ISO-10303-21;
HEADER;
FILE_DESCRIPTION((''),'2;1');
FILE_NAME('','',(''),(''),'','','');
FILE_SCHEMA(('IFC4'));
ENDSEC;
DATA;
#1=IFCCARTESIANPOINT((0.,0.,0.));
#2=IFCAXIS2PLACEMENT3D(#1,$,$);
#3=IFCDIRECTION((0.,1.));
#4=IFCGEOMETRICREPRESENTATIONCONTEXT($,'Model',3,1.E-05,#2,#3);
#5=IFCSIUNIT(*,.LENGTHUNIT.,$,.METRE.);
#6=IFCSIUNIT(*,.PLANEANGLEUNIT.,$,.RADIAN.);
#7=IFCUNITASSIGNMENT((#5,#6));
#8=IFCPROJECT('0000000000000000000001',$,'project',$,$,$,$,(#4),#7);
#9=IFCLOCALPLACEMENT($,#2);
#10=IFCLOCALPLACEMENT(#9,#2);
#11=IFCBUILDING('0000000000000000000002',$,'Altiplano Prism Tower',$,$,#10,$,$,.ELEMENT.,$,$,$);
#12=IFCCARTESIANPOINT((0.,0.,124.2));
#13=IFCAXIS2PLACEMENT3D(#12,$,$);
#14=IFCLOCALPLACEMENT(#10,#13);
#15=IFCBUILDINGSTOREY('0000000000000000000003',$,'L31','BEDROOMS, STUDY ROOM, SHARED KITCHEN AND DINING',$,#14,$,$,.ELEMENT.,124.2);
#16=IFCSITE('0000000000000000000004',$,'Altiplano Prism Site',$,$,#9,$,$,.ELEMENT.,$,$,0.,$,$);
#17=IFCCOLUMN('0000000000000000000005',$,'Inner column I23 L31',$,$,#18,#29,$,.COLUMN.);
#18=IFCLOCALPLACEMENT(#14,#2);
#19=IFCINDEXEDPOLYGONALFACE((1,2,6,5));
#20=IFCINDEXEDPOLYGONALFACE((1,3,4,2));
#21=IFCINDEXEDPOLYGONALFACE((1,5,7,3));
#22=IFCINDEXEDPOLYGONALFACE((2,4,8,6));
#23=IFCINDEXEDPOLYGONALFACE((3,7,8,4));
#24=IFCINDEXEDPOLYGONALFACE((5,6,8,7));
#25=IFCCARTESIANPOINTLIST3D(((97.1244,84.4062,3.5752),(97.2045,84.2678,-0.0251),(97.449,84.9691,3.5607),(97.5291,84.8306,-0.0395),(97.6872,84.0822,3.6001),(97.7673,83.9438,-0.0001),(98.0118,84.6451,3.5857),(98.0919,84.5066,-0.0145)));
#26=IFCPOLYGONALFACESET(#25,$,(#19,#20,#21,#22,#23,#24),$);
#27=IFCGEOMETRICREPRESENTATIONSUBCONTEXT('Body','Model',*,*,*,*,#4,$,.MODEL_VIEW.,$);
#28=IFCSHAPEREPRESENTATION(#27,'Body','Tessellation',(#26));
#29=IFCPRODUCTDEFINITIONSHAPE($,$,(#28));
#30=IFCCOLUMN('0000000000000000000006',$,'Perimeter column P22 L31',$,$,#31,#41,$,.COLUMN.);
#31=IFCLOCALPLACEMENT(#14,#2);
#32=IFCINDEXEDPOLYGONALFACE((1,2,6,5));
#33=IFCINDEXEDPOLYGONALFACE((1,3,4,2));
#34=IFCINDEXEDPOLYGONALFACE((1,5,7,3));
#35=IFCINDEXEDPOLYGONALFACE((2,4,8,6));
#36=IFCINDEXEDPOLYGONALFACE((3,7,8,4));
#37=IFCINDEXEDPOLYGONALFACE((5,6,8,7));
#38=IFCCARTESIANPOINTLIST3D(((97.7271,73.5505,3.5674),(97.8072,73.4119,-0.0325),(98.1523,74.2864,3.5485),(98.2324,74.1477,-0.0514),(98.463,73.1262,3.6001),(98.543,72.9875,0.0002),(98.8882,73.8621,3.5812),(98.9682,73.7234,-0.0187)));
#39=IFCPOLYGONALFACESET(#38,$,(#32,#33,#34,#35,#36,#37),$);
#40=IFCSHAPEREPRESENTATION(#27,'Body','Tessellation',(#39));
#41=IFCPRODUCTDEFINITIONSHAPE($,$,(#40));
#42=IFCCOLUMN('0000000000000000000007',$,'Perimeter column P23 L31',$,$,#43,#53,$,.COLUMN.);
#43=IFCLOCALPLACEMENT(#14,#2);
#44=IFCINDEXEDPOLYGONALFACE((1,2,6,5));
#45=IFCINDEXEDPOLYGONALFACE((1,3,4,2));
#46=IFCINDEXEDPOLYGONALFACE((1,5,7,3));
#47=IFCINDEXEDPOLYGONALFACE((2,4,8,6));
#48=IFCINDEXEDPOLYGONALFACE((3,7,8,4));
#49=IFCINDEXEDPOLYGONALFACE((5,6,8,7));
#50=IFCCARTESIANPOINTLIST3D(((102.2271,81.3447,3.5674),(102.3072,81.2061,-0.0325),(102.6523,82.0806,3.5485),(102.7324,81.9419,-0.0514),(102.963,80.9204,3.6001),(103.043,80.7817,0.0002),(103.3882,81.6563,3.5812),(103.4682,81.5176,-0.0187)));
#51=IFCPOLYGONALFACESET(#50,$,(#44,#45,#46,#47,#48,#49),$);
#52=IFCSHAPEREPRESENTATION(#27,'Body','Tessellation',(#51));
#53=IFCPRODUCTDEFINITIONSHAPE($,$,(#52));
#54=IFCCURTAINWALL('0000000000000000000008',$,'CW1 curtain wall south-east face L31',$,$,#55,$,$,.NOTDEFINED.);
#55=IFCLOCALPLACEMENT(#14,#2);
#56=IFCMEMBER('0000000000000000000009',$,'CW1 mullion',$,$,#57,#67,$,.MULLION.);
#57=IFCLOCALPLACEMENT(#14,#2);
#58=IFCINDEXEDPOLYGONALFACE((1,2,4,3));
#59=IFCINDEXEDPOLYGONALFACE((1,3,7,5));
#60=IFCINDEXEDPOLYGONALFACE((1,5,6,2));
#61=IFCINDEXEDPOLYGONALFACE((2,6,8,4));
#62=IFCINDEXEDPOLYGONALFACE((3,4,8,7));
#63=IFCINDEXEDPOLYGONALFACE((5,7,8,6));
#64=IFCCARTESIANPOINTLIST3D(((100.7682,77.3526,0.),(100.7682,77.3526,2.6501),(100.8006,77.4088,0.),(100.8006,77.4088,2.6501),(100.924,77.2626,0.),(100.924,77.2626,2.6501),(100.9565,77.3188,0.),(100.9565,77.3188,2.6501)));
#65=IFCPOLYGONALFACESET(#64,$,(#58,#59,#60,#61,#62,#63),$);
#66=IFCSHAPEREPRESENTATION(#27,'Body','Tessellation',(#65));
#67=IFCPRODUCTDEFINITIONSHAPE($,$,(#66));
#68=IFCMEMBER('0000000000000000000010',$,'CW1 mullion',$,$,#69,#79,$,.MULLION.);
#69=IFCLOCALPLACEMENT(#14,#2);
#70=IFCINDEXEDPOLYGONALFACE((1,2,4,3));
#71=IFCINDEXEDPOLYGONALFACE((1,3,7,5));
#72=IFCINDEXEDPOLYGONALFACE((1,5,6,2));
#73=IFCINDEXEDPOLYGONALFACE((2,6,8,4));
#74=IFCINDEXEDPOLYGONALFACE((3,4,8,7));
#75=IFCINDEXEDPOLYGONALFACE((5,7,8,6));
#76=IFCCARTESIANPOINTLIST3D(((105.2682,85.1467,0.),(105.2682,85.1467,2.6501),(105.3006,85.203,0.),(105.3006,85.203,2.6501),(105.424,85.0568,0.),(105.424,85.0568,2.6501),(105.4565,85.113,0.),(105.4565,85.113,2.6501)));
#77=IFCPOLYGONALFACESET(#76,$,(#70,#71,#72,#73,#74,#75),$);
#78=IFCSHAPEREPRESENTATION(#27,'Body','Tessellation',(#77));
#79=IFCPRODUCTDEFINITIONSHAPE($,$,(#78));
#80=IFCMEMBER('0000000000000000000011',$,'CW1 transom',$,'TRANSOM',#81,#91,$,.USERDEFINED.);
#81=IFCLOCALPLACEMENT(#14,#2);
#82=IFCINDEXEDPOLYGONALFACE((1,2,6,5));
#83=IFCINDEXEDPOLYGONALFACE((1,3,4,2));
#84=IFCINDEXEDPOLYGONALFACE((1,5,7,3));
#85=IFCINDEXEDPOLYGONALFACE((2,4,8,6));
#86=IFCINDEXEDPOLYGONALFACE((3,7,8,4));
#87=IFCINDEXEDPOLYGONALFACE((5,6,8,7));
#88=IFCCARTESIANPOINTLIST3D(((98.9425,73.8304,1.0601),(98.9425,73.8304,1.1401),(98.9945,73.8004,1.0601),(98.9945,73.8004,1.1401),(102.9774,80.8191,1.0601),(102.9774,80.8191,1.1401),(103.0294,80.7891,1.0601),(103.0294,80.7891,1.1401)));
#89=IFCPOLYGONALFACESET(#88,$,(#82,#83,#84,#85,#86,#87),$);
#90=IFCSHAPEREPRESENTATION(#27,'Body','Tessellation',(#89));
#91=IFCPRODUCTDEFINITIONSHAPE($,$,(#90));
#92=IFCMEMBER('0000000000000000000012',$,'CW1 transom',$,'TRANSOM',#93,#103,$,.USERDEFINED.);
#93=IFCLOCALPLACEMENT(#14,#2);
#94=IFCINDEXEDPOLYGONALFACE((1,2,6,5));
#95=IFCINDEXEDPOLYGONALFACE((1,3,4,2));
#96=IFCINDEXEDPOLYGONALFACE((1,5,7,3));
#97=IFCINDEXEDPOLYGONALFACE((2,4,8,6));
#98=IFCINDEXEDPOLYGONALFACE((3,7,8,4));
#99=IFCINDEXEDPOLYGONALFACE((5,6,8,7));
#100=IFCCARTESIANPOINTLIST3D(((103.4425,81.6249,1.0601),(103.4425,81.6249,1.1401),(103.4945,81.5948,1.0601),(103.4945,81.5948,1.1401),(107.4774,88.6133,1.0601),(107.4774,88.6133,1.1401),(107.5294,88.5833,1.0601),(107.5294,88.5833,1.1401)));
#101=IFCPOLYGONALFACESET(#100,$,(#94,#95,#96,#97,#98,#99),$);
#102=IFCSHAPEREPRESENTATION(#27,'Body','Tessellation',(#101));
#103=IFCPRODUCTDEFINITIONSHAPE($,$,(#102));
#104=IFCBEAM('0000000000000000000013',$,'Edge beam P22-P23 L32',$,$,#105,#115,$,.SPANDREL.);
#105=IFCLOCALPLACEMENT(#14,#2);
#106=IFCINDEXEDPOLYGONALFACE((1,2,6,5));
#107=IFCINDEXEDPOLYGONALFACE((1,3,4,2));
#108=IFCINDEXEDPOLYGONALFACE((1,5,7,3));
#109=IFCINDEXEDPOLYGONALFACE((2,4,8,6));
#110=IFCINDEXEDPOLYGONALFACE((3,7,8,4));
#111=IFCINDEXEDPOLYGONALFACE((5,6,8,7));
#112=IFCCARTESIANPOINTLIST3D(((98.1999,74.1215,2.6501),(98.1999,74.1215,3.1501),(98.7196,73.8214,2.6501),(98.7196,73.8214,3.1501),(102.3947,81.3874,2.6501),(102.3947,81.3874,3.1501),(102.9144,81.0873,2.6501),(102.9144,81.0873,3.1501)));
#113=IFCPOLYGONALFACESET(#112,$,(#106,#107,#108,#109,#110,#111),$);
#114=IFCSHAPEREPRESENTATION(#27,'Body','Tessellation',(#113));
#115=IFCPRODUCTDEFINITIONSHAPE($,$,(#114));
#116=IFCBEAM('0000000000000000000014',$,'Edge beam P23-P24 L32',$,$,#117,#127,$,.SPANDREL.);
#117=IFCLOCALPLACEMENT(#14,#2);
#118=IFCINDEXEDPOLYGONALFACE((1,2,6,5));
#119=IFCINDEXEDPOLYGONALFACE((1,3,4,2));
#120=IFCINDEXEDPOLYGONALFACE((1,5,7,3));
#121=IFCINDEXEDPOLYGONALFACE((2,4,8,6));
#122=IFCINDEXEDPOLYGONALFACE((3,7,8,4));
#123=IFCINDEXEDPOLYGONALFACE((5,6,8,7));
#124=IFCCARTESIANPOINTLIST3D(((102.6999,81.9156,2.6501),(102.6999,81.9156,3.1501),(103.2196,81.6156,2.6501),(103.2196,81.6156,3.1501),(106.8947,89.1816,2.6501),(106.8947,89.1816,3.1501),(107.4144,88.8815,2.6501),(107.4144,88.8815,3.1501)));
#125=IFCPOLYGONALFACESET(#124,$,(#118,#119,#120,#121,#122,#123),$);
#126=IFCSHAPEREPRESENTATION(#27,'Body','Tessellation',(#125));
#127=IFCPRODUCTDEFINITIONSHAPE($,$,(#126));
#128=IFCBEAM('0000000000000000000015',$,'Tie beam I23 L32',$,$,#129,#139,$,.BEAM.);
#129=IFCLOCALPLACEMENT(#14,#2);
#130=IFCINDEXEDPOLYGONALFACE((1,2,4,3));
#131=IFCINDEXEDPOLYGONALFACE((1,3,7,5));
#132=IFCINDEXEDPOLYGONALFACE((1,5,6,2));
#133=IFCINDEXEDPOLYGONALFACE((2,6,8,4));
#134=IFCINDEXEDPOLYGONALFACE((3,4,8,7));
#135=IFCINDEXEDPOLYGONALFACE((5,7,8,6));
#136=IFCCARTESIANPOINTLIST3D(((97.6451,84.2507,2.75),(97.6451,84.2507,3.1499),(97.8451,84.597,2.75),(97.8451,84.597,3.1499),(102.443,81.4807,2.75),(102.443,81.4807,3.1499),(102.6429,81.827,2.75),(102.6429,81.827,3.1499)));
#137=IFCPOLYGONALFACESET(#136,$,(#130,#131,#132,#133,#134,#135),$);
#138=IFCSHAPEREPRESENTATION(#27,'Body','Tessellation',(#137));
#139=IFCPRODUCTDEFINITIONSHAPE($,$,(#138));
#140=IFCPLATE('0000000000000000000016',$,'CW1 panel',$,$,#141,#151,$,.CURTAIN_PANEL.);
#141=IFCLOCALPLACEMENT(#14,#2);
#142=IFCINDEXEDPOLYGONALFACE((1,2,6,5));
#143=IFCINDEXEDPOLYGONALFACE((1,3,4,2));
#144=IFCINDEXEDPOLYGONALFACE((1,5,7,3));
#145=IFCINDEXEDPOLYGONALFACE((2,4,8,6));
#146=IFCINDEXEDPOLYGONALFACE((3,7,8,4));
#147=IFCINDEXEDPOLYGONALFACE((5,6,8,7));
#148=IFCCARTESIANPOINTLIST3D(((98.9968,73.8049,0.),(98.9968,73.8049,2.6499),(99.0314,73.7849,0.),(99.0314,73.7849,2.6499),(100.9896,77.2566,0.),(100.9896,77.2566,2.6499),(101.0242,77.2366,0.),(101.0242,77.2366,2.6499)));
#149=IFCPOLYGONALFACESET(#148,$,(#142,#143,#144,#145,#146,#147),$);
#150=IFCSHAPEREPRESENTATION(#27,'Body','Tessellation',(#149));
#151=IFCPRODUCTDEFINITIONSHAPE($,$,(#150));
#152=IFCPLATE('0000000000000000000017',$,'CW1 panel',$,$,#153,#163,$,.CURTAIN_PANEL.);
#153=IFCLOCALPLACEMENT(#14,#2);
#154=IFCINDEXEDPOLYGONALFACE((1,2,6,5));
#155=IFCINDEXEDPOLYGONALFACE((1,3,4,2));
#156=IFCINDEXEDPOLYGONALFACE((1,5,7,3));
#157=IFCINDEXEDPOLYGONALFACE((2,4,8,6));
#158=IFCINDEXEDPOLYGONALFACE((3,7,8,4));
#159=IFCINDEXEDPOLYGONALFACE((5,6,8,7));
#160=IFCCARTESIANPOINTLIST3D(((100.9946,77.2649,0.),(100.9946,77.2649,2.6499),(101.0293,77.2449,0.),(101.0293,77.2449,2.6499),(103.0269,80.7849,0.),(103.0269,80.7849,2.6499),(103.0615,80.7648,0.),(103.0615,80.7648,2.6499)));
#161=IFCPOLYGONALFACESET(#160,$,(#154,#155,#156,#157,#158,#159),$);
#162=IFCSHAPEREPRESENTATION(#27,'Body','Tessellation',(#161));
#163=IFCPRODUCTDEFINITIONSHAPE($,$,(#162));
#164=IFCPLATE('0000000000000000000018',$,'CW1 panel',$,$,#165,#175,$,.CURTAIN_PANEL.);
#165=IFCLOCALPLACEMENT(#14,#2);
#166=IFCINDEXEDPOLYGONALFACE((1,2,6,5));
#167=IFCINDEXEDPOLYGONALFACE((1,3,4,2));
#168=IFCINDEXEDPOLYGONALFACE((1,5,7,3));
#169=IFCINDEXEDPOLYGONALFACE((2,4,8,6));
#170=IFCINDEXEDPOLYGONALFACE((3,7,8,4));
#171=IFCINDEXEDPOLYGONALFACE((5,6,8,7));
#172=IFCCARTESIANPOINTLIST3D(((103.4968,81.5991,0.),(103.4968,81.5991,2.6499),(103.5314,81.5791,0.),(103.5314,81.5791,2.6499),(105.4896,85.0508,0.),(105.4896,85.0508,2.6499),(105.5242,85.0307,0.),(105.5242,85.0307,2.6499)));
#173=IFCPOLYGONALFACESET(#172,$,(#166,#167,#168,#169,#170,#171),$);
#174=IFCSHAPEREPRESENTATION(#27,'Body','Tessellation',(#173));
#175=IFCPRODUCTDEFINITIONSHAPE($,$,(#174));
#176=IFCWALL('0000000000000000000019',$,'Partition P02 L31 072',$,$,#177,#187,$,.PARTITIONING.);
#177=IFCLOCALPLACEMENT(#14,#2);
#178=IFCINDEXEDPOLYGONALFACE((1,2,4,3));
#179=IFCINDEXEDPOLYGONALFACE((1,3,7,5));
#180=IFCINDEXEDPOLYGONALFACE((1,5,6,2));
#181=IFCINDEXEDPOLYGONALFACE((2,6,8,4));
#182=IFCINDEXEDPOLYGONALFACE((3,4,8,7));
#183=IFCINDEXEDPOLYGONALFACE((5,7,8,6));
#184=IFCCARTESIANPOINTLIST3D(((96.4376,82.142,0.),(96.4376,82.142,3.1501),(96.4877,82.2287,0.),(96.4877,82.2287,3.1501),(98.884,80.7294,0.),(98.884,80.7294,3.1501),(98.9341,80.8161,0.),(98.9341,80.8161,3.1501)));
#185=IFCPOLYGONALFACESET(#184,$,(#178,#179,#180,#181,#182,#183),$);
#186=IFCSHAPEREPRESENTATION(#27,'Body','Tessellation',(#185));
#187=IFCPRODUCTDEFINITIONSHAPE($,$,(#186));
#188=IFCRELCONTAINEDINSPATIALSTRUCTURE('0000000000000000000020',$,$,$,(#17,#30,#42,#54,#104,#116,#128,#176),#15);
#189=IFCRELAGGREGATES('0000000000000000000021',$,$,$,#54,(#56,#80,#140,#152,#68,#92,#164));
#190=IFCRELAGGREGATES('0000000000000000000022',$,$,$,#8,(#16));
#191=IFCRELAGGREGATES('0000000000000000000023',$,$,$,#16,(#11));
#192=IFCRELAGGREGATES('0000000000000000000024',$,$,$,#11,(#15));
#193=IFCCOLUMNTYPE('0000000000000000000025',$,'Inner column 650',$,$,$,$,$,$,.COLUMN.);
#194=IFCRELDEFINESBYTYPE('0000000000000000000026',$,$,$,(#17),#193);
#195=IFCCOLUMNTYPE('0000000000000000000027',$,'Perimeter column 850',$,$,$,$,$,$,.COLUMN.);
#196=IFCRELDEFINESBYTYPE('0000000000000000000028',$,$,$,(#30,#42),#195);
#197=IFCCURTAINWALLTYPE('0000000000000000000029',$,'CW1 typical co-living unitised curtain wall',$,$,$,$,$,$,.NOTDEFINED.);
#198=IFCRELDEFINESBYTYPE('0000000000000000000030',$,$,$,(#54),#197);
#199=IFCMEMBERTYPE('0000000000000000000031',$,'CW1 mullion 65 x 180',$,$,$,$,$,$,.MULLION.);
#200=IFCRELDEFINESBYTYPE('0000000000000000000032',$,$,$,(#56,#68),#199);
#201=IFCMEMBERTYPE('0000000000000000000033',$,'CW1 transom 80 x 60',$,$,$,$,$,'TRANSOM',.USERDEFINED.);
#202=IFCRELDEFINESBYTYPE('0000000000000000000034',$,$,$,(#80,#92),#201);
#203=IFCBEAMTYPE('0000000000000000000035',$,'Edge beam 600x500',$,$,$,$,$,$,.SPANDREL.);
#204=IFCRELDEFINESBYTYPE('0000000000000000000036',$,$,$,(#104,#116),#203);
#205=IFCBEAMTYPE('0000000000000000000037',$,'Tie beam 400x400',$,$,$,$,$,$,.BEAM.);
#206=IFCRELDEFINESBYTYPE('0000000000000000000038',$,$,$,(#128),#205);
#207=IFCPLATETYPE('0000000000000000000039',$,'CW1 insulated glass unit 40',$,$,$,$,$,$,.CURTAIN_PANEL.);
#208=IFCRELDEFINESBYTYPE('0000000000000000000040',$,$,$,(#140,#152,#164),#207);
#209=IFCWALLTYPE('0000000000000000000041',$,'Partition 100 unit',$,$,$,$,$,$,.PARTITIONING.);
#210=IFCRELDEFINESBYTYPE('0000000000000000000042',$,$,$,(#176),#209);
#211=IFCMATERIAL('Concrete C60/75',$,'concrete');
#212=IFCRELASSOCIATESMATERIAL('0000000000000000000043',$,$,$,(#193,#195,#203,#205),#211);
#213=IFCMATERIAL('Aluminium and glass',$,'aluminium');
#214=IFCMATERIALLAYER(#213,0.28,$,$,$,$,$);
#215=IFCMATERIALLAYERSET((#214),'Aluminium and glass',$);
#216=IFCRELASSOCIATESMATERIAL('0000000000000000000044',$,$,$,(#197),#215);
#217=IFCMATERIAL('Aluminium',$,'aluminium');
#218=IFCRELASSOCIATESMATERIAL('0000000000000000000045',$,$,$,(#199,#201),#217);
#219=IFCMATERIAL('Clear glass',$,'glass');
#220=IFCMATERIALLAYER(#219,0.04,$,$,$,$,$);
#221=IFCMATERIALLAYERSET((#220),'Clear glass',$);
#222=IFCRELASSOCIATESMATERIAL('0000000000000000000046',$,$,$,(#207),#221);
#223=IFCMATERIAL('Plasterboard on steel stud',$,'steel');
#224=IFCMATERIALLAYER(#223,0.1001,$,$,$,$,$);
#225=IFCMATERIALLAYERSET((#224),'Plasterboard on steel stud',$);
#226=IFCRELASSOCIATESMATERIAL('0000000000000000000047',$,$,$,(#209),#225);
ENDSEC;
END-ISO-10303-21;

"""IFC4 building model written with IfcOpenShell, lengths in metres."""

from ifc_helpers import new_model, si_unit, direction, frame, frame_2d, origin, origin_2d, place, context, subcontext, project, spatial, rectangle, extrude, material, layer, layer_set, material_profile, profile_set, type_object, element, aggregate, save


model = new_model("IFC4")

# Units and contexts
model_context = context("Model", 3, precision=1e-05, world=origin(), true_north=direction((0.0, 1.0)))
body_context = subcontext(model_context, "Body", "Model", "MODEL_VIEW")
ifc_project = project(units=[si_unit("LENGTHUNIT", "METRE"), si_unit("PLANEANGLEUNIT", "RADIAN")], contexts=[model_context])

# Site, building, storey
site_placement = place(None, origin())
site = spatial("IfcSite", under=ifc_project, at=site_placement, Name="Altiplano Prism Site", CompositionType="ELEMENT", RefElevation=0.0)
building_placement = place(site_placement, origin())
building = spatial("IfcBuilding", under=site, at=building_placement, Name="Altiplano Prism Tower", CompositionType="ELEMENT")
storey_placement = place(building_placement, frame((0.0, 0.0, 124.2)))
storey = spatial("IfcBuildingStorey", under=building, at=storey_placement, Name="L31", Description="BEDROOMS, STUDY ROOM, SHARED KITCHEN AND DINING", CompositionType="ELEMENT", Elevation=124.2)

# Columns
ifc_material_1 = material(Name="Concrete C60/75", Category="concrete")
ifc_material_profile_1 = material_profile(ifc_material_1, rectangle(XDim=0.6499, YDim=0.6499, at=origin_2d()), Name="Inner column 650")
ifc_profile_set_1 = profile_set([ifc_material_profile_1], Name="Concrete C60/75")
column_type_1 = type_object("IfcColumnType", Name="Inner column 650", PredefinedType="COLUMN", material=ifc_profile_set_1)
column_placement = place(storey_placement, frame((97.6482, 84.3872, -0.0198), z_axis=(-0.022221, 0.038413, 0.999015), x_axis=(-0.49951, -0.866024, 0.022189)))
element("IfcColumn", 1, at=column_placement, inside=storey, type_object=column_type_1, Name="Inner column I23 L31", PredefinedType="COLUMN", context=body_context, shape_type="SweptSolid", body=[
    extrude(rectangle(XDim=0.6499, YDim=0.6499, at=origin_2d()), origin(), (0.0, 0.0, 1.0), 3.6038),
])
ifc_material_profile_2 = material_profile(ifc_material_1, rectangle(XDim=0.8501, YDim=0.8501, at=origin_2d()), Name="Perimeter column 850")
ifc_profile_set_2 = profile_set([ifc_material_profile_2], Name="Concrete C60/75")
column_type_2 = type_object("IfcColumnType", Name="Perimeter column 850", PredefinedType="COLUMN", material=ifc_profile_set_2)
for number, where, z_axis, x_axis, name in (
    (2, (98.3877, 73.5676, -0.0256), (-0.022223, 0.038483, 0.999012), (-0.50017, -0.865642, 0.02222), "Perimeter column P22 L31"),
    (3, (102.8877, 81.3618, -0.0256), (-0.022223, 0.038483, 0.999012), (-0.500172, -0.865641, 0.02222), "Perimeter column P23 L31"),
):
    element("IfcColumn", number, at=place(storey_placement, frame(where, z_axis=z_axis, x_axis=x_axis)), inside=storey, type_object=column_type_2, Name=name, PredefinedType="COLUMN", context=body_context, shape_type="SweptSolid", body=[
        extrude(rectangle(XDim=0.8501, YDim=0.8501, at=origin_2d()), origin(), (0.0, 0.0, 1.0), 3.6035),
    ])

# Curtain wall, members
ifc_material_2 = material(Name="Aluminium and glass", Category="aluminium")
ifc_layer_1 = layer(ifc_material_2, 0.28)
ifc_layer_set_1 = layer_set([ifc_layer_1], Name="Aluminium and glass")
curtain_wall_type = type_object("IfcCurtainWallType", Name="CW1 typical co-living unitised curtain wall", PredefinedType="NOTDEFINED", material=ifc_layer_set_1)
curtain_wall_placement = place(storey_placement, origin())
curtain_wall = element("IfcCurtainWall", 4, at=curtain_wall_placement, inside=storey, type_object=curtain_wall_type, Name="CW1 curtain wall south-east face L31", PredefinedType="NOTDEFINED")
ifc_material_3 = material(Name="Aluminium", Category="aluminium")
ifc_material_profile_3 = material_profile(ifc_material_3, rectangle(XDim=0.1799, YDim=0.0649, at=origin_2d()), Name="CW1 mullion 65 x 180")
ifc_profile_set_3 = profile_set([ifc_material_profile_3], Name="Aluminium")
member_type_1 = type_object("IfcMemberType", Name="CW1 mullion 65 x 180", PredefinedType="MULLION", material=ifc_profile_set_3)
member_1_placement = place(storey_placement, frame((100.8623, 77.3357, 0.0), z_axis=(0.0, 0.0, 1.0), x_axis=(-0.866025, 0.5, 0.0)))
member_1 = element("IfcMember", 5, at=member_1_placement, type_object=member_type_1, Name="CW1 mullion", PredefinedType="MULLION", context=body_context, shape_type="SweptSolid", body=[
    extrude(rectangle(XDim=0.1799, YDim=0.0649, at=origin_2d()), origin(), (0.0, 0.0, 1.0), 2.6501),
])
member_2_placement = place(storey_placement, frame((105.3623, 85.1299, 0.0), z_axis=(0.0, 0.0, 1.0), x_axis=(-0.866025, 0.5, 0.0)))
member_2 = element("IfcMember", 6, at=member_2_placement, type_object=member_type_1, Name="CW1 mullion", PredefinedType="MULLION", context=body_context, shape_type="SweptSolid", body=[
    extrude(rectangle(XDim=0.1799, YDim=0.0649, at=origin_2d()), origin(), (0.0, 0.0, 1.0), 2.6501),
])
ifc_material_profile_4 = material_profile(ifc_material_3, rectangle(XDim=0.0601, YDim=0.0801, at=origin_2d()), Name="CW1 transom 80 x 60")
ifc_profile_set_4 = profile_set([ifc_material_profile_4], Name="Aluminium")
member_type_2 = type_object("IfcMemberType", Name="CW1 transom 80 x 60", ElementType="TRANSOM", PredefinedType="USERDEFINED", material=ifc_profile_set_4)
member_3_placement = place(storey_placement, frame((98.9685, 73.8154, 1.1001), z_axis=(0.499995, 0.866028, 0.0), x_axis=(-0.866028, 0.499995, 0.0)))
member_3 = element("IfcMember", 7, at=member_3_placement, type_object=member_type_2, Name="CW1 transom", ObjectType="TRANSOM", PredefinedType="USERDEFINED", context=body_context, shape_type="SweptSolid", body=[
    extrude(rectangle(XDim=0.0601, YDim=0.0801, at=origin_2d()), origin(), (0.0, 0.0, 1.0), 8.0698),
])
member_4_placement = place(storey_placement, frame((103.4685, 81.6099, 1.1001), z_axis=(0.500008, 0.866021, 0.0), x_axis=(-0.866021, 0.500008, 0.0)))
member_4 = element("IfcMember", 8, at=member_4_placement, type_object=member_type_2, Name="CW1 transom", ObjectType="TRANSOM", PredefinedType="USERDEFINED", context=body_context, shape_type="SweptSolid", body=[
    extrude(rectangle(XDim=0.0601, YDim=0.0801, at=origin_2d()), origin(), (0.0, 0.0, 1.0), 8.0696),
])

# Beams
ifc_material_profile_5 = material_profile(ifc_material_1, rectangle(XDim=0.6001, YDim=0.5, at=origin_2d()), Name="Edge beam 600x500")
ifc_profile_set_5 = profile_set([ifc_material_profile_5], Name="Concrete C60/75")
beam_type_1 = type_object("IfcBeamType", Name="Edge beam 600x500", PredefinedType="SPANDREL", material=ifc_profile_set_5)
for number, where, z_axis, x_axis, name in (
    (9, (98.4597, 73.9714, 2.9001), (0.499989, 0.866032, 0.0), (-0.866032, 0.499989, 0.0), "Edge beam P22-P23 L32"),
    (10, (102.9597, 81.7656, 2.9001), (0.499989, 0.866032, 0.0), (-0.866032, 0.499989, 0.0), "Edge beam P23-P24 L32"),
):
    element("IfcBeam", number, at=place(storey_placement, frame(where, z_axis=z_axis, x_axis=x_axis)), inside=storey, type_object=beam_type_1, Name=name, PredefinedType="SPANDREL", context=body_context, shape_type="SweptSolid", body=[
        extrude(rectangle(XDim=0.6001, YDim=0.5, at=origin_2d()), origin(), (0.0, 0.0, 1.0), 8.3899),
    ])
ifc_material_profile_6 = material_profile(ifc_material_1, rectangle(XDim=0.3999, YDim=0.3999, at=origin_2d()), Name="Tie beam 400x400")
ifc_profile_set_6 = profile_set([ifc_material_profile_6], Name="Concrete C60/75")
beam_type_2 = type_object("IfcBeamType", Name="Tie beam 400x400", PredefinedType="BEAM", material=ifc_profile_set_6)
beam_placement = place(storey_placement, frame((97.7451, 84.4238, 2.95), z_axis=(0.866027, -0.499997, 0.0), x_axis=(0.499997, 0.866027, 0.0)))
element("IfcBeam", 11, at=beam_placement, inside=storey, type_object=beam_type_2, Name="Tie beam I23 L32", PredefinedType="BEAM", context=body_context, shape_type="SweptSolid", body=[
    extrude(rectangle(XDim=0.3999, YDim=0.3999, at=origin_2d()), origin(), (0.0, 0.0, 1.0), 5.54),
])

# Plates
ifc_material_4 = material(Name="Clear glass", Category="glass")
ifc_layer_2 = layer(ifc_material_4, 0.04)
ifc_layer_set_2 = layer_set([ifc_layer_2], Name="Clear glass")
plate_type = type_object("IfcPlateType", Name="CW1 insulated glass unit 40", PredefinedType="CURTAIN_PANEL", material=ifc_layer_set_2)
plate_1_placement = place(storey_placement, frame((100.0105, 75.5208, 0.0), z_axis=(0.0, 0.0, 1.0), x_axis=(0.5, 0.866025, 0.0)))
plate_1 = element("IfcPlate", 12, at=plate_1_placement, type_object=plate_type, Name="CW1 panel", PredefinedType="CURTAIN_PANEL", context=body_context, shape_type="SweptSolid", body=[
    extrude(rectangle(XDim=3.9856, YDim=0.04, at=origin_2d()), origin(), (0.0, 0.0, 1.0), 2.6499),
])
plate_2_placement = place(storey_placement, frame((102.0281, 79.0149, 0.0), z_axis=(0.0, 0.0, 1.0), x_axis=(0.5, 0.866025, 0.0)))
plate_2 = element("IfcPlate", 13, at=plate_2_placement, type_object=plate_type, Name="CW1 panel", PredefinedType="CURTAIN_PANEL", context=body_context, shape_type="SweptSolid", body=[
    extrude(rectangle(XDim=4.0645, YDim=0.04, at=origin_2d()), origin(), (0.0, 0.0, 1.0), 2.6499),
])
plate_3_placement = place(storey_placement, frame((104.5105, 83.3149, 0.0), z_axis=(0.0, 0.0, 1.0), x_axis=(0.5, 0.866025, 0.0)))
plate_3 = element("IfcPlate", 14, at=plate_3_placement, type_object=plate_type, Name="CW1 panel", PredefinedType="CURTAIN_PANEL", context=body_context, shape_type="SweptSolid", body=[
    extrude(rectangle(XDim=3.9856, YDim=0.04, at=origin_2d()), origin(), (0.0, 0.0, 1.0), 2.6499),
])
aggregate(curtain_wall, [member_1, member_3, plate_1, plate_2, member_2, member_4, plate_3])

# Wall
ifc_material_5 = material(Name="Plasterboard on steel stud", Category="steel")
ifc_layer_3 = layer(ifc_material_5, 0.1001)
ifc_layer_set_3 = layer_set([ifc_layer_3], Name="Plasterboard on steel stud")
wall_type_1 = type_object("IfcWallType", Name="Partition 100 unit", PredefinedType="PARTITIONING", material=ifc_layer_set_3)
wall_1_placement = place(storey_placement, frame((98.9092, 80.7727, 0.0), z_axis=(0.0, 0.0, 1.0), x_axis=(-0.866011, 0.500024, 0.0)))
element("IfcWall", 15, at=wall_1_placement, inside=storey, type_object=wall_type_1, Name="Partition P02 L31 072", PredefinedType="PARTITIONING", context=body_context, shape_type="SweptSolid", body=[
    extrude(rectangle(XDim=2.825, YDim=0.1001, at=frame_2d((1.4126, 0.0))), origin(), (0.0, 0.0, 1.0), 3.1501),
])

save(model, "model.ifc")
